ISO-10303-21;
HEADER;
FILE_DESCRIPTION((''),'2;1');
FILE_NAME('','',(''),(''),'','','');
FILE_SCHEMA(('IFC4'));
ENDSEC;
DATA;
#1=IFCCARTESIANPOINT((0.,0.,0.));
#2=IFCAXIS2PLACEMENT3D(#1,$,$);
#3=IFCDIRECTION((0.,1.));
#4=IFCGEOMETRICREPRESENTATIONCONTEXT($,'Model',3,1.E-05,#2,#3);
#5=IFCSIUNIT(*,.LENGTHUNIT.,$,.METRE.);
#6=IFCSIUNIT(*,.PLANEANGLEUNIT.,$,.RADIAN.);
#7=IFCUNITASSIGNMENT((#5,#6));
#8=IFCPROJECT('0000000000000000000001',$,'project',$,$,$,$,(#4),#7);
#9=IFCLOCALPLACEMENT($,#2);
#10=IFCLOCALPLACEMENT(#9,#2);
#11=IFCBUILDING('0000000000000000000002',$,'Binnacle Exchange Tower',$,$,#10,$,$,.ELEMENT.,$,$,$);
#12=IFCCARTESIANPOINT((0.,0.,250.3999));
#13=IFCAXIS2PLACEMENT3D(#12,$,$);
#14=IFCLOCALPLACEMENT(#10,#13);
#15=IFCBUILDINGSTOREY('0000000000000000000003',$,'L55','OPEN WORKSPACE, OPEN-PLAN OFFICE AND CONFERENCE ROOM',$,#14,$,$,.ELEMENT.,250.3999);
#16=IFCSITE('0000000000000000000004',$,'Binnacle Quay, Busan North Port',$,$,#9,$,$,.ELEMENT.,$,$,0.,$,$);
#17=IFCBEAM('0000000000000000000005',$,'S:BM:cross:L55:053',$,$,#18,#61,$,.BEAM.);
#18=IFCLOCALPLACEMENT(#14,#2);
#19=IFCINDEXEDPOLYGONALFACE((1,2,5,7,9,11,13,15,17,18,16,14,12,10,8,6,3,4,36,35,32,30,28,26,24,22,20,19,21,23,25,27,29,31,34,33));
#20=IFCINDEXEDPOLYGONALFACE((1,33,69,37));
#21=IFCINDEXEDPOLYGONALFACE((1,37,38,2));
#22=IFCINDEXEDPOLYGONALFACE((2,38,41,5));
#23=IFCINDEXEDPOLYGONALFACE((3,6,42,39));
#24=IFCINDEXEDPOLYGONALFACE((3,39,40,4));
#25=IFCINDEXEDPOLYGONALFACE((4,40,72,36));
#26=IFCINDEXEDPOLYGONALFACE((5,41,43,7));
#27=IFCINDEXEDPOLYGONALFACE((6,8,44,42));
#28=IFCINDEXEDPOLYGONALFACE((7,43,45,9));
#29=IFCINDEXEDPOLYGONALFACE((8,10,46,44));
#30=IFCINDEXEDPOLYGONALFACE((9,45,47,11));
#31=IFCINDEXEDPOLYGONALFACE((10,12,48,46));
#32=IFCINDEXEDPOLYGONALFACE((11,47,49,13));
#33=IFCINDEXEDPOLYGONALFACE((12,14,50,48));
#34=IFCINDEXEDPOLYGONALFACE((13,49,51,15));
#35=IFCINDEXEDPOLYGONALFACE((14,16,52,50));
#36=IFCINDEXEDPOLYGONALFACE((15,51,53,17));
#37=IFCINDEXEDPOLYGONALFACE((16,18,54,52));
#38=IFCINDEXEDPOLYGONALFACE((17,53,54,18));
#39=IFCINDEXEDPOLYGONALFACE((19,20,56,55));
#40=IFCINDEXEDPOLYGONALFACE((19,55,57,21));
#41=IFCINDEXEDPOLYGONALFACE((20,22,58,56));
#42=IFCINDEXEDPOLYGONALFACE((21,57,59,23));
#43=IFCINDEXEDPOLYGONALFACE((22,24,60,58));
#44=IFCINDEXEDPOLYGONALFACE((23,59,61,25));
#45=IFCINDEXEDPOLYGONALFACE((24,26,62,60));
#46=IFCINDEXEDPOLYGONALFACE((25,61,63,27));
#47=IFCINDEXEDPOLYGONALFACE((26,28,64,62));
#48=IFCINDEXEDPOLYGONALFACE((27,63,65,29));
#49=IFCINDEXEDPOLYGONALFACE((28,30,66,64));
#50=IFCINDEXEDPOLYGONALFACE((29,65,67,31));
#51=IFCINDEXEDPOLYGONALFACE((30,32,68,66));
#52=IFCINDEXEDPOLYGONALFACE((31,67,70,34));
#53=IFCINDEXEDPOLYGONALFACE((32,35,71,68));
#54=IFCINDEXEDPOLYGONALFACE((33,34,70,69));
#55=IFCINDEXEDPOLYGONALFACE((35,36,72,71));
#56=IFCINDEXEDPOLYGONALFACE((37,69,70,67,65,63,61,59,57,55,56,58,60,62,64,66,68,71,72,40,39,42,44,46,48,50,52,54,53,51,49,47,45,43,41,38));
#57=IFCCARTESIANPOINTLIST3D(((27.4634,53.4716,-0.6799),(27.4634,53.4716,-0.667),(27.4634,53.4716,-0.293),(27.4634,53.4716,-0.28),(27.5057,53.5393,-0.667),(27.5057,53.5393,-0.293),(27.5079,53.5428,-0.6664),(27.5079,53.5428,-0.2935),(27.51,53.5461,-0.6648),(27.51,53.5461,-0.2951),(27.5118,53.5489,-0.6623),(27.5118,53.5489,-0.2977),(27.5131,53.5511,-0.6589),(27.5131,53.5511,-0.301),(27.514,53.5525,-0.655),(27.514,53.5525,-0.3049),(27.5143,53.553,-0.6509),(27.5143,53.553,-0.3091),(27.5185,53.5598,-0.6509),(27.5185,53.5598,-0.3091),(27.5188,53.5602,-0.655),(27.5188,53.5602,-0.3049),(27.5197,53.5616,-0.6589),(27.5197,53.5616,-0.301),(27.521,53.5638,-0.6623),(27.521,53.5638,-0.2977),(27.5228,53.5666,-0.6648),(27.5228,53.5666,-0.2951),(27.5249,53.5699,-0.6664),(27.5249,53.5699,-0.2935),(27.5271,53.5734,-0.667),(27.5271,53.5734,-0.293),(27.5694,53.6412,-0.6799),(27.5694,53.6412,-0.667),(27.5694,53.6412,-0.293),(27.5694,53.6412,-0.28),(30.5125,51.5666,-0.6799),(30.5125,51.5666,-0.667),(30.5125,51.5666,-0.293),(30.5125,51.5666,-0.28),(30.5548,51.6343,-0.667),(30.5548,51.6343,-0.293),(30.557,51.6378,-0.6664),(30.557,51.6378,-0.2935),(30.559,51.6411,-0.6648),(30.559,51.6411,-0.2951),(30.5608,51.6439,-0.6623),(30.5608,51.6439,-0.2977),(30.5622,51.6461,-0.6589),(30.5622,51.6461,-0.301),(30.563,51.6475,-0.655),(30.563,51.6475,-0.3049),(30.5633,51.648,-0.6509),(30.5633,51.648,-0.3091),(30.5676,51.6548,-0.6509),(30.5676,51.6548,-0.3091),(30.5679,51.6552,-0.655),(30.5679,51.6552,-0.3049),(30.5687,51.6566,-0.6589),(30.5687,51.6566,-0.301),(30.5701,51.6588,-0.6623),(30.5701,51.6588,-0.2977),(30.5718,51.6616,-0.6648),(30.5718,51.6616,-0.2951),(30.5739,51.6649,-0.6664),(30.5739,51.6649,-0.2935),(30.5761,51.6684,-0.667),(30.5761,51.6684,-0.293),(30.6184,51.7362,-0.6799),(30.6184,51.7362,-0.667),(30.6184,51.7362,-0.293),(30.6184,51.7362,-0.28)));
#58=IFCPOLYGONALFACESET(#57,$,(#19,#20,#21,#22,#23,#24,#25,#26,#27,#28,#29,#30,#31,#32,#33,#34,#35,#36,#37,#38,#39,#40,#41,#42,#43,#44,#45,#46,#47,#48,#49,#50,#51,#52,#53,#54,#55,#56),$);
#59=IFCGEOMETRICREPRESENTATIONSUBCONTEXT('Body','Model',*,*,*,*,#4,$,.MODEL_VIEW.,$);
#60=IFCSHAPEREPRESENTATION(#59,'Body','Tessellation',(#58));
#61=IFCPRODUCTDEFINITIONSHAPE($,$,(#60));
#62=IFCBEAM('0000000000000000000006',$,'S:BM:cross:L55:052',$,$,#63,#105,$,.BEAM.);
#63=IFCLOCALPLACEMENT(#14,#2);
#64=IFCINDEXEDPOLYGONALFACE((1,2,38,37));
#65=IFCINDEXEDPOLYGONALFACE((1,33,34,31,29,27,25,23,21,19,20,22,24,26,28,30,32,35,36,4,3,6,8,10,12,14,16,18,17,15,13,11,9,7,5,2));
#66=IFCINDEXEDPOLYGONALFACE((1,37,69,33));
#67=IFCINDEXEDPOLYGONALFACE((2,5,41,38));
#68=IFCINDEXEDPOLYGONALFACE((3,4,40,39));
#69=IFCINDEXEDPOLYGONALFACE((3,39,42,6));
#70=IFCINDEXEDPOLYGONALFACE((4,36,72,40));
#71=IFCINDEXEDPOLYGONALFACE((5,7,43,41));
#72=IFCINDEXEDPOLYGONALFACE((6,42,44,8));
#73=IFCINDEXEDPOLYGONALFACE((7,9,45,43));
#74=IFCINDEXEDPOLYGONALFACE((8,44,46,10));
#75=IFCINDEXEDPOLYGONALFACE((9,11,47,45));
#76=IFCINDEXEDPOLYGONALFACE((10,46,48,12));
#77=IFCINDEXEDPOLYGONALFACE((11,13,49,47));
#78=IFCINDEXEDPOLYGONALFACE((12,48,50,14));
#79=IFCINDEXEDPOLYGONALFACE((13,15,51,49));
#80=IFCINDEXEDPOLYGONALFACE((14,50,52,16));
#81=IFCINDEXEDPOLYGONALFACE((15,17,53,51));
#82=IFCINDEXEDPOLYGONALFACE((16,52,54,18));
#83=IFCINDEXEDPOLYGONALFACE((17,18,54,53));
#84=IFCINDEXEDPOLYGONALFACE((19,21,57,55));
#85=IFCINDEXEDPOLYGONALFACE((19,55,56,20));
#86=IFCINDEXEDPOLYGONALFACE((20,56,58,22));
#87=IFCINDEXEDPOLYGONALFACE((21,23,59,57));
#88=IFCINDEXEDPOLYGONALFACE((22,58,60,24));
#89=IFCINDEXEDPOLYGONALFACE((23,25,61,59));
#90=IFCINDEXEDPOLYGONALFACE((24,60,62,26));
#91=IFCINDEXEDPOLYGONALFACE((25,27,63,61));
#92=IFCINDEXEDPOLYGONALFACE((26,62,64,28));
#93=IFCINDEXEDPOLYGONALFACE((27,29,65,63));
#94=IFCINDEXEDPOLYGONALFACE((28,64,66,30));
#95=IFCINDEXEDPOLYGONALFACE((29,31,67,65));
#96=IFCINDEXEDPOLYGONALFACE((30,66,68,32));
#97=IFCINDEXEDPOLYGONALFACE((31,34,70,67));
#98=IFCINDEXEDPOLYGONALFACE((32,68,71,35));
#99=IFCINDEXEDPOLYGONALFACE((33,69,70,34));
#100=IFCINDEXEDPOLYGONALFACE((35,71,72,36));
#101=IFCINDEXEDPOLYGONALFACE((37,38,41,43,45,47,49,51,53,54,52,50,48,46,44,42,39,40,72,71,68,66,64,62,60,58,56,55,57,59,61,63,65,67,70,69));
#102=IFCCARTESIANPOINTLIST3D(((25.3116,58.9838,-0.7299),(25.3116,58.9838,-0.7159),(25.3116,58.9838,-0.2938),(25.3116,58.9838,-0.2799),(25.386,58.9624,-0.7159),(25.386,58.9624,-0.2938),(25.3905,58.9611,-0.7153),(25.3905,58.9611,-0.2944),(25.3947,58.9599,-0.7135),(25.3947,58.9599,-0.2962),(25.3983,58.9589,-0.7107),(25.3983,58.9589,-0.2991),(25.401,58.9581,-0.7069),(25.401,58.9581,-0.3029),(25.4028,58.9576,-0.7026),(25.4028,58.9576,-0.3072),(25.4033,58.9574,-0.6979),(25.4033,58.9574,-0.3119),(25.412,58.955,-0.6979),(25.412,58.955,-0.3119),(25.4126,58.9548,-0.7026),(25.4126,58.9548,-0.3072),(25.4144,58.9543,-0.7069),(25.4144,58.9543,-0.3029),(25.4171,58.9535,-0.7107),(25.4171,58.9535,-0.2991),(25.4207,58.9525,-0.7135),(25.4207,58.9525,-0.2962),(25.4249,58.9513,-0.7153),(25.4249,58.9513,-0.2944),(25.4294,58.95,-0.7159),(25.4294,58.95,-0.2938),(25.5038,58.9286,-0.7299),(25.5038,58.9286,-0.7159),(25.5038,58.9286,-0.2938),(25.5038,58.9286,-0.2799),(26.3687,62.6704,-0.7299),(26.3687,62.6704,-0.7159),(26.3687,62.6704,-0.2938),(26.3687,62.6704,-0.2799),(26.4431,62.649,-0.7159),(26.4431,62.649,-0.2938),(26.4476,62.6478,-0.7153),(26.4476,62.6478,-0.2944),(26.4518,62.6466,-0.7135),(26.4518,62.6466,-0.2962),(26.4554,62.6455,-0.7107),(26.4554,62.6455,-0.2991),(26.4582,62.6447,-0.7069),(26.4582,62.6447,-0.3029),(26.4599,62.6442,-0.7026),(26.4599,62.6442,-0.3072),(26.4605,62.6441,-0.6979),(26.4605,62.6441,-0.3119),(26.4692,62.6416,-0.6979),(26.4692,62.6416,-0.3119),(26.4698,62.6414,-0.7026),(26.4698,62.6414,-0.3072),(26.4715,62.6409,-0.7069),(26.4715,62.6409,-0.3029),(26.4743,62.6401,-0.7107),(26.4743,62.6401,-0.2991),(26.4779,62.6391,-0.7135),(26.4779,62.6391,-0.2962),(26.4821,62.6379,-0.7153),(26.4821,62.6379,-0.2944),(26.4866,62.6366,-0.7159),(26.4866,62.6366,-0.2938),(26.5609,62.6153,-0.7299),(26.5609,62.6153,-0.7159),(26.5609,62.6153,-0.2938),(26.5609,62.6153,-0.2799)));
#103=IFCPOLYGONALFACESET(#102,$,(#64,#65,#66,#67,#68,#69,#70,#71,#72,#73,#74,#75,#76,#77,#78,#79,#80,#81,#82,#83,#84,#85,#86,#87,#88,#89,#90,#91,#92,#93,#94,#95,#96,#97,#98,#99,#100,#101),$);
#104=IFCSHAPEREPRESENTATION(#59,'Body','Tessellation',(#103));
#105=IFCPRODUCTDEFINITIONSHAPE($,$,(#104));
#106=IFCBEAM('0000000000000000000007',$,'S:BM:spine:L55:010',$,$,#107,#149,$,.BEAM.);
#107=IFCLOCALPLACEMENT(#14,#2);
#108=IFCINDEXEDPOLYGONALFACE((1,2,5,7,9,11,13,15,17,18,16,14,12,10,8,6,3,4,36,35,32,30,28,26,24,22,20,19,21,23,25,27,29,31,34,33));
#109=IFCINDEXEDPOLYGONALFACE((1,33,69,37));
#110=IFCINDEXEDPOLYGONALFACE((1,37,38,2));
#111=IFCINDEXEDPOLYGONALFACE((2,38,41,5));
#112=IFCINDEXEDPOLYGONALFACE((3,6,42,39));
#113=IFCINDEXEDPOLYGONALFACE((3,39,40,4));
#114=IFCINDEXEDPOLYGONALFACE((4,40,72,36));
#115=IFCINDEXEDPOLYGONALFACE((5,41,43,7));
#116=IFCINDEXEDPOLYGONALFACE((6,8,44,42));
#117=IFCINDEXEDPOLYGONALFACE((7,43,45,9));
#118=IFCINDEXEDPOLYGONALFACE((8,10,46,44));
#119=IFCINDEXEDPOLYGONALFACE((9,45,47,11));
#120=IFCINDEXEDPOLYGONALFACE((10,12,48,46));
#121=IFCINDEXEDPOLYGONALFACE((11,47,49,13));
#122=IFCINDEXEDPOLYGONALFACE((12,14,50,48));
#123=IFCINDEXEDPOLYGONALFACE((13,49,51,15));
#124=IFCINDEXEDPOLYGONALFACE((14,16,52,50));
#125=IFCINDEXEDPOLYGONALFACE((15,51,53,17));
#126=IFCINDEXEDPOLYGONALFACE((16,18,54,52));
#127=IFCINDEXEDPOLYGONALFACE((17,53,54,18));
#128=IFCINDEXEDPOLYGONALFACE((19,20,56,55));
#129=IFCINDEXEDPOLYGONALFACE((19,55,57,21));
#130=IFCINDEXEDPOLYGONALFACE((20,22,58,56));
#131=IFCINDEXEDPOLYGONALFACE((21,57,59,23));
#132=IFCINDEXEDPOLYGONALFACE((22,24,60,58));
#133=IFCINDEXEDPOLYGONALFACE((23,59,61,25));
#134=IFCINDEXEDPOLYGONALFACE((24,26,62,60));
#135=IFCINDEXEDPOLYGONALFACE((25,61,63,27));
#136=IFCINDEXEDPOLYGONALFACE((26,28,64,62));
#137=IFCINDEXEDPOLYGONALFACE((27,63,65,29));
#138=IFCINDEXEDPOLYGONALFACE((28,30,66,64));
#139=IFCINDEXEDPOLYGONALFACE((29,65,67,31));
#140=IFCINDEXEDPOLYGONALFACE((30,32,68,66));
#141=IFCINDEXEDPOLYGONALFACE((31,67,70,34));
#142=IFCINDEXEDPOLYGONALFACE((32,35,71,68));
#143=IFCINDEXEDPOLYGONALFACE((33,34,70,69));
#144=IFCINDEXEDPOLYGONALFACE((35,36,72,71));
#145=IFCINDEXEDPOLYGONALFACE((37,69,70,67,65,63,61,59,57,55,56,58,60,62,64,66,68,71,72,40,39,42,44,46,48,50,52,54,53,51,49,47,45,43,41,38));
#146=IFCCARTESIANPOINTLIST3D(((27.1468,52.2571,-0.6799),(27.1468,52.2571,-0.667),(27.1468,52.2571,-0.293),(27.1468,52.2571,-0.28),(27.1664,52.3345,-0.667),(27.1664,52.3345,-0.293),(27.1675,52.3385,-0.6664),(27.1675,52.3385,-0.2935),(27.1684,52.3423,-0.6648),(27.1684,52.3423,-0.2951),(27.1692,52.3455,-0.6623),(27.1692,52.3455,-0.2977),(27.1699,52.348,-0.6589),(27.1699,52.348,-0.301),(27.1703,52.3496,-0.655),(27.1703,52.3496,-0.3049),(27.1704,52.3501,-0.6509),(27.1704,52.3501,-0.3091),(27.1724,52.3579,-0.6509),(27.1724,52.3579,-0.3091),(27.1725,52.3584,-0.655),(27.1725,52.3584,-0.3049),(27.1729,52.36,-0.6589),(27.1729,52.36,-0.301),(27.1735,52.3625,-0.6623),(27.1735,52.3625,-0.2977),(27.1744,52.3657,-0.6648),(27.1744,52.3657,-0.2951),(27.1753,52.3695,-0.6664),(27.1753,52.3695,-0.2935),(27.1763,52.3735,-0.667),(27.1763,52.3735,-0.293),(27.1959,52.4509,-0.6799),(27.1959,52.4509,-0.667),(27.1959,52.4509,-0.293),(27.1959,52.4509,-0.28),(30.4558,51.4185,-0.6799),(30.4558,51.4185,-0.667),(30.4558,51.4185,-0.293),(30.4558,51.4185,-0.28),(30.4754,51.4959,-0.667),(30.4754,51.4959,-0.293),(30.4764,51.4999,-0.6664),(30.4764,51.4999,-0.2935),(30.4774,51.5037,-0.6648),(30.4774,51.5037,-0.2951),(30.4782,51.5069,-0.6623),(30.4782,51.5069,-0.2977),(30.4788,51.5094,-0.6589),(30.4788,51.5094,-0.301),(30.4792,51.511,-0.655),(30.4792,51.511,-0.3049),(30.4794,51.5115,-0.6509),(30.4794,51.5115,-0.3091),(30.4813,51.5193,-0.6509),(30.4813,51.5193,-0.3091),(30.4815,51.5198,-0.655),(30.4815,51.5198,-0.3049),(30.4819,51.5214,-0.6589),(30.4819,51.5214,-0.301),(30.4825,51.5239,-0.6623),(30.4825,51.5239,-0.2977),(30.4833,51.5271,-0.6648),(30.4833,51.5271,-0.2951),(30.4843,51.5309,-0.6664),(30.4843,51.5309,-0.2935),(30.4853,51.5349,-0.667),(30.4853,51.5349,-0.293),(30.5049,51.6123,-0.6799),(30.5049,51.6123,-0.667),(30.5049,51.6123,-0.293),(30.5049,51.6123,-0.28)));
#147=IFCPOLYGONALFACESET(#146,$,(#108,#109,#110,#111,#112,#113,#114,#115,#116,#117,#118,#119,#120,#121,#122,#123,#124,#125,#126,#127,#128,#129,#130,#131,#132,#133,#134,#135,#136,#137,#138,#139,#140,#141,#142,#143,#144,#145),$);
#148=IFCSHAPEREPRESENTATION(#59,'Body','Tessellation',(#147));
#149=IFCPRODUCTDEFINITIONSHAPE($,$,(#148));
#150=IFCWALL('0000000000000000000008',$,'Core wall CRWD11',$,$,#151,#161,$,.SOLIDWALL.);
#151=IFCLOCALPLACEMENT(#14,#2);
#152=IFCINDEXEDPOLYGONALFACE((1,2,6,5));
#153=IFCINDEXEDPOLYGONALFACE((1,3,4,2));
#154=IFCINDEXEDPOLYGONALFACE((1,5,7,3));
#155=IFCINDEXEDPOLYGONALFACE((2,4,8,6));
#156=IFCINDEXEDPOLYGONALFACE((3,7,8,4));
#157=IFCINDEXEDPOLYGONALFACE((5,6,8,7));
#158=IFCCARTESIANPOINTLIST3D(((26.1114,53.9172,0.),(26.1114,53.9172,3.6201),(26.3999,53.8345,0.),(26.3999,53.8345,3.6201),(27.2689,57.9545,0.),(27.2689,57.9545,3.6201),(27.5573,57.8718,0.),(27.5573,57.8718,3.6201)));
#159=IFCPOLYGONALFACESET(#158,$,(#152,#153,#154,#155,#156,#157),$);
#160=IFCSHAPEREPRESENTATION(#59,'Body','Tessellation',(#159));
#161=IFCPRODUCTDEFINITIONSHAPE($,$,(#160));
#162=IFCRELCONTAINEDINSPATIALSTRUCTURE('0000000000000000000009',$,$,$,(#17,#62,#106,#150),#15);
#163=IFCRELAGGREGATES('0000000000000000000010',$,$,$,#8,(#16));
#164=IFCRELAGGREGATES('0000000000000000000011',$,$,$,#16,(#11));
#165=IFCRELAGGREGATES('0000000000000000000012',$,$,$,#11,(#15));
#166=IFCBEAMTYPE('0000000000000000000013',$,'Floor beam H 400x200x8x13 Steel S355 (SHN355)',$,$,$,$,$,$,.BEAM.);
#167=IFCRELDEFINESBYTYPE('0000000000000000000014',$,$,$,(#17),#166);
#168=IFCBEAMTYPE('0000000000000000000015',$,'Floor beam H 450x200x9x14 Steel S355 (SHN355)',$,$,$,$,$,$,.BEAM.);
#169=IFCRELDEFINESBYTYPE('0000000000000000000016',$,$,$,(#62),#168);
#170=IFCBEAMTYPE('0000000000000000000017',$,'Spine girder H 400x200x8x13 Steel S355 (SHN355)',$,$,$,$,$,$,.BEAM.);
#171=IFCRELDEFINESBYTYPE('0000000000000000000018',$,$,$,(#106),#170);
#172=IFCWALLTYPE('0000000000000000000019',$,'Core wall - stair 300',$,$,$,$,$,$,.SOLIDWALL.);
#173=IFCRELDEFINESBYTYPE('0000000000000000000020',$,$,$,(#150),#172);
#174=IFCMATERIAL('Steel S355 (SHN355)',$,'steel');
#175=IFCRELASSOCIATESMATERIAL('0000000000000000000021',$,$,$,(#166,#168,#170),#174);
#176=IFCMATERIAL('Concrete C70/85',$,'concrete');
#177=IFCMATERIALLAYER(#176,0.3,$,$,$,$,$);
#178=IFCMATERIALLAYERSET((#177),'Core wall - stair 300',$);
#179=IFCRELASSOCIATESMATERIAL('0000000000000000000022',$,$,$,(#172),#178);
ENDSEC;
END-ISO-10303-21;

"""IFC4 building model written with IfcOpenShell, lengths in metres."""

from ifc_helpers import new_model, si_unit, direction, frame, frame_2d, origin, origin_2d, place, context, subcontext, project, spatial, rectangle, i_section, extrude, material, layer, layer_set, material_profile, profile_set, type_object, element, save


model = new_model("IFC4")

# Units and contexts
model_context = context("Model", 3, precision=1e-05, world=origin(), true_north=direction((0.0, 1.0)))
body_context = subcontext(model_context, "Body", "Model", "MODEL_VIEW")
ifc_project = project(units=[si_unit("LENGTHUNIT", "METRE"), si_unit("PLANEANGLEUNIT", "RADIAN")], contexts=[model_context])

# Site, building, storey
site_placement = place(None, origin())
site = spatial("IfcSite", under=ifc_project, at=site_placement, Name="Binnacle Quay, Busan North Port", CompositionType="ELEMENT", RefElevation=0.0)
building_placement = place(site_placement, origin())
building = spatial("IfcBuilding", under=site, at=building_placement, Name="Binnacle Exchange Tower", CompositionType="ELEMENT")
storey_placement = place(building_placement, frame((0.0, 0.0, 250.3999)))
storey = spatial("IfcBuildingStorey", under=building, at=storey_placement, Name="L55", Description="OPEN WORKSPACE, OPEN-PLAN OFFICE AND CONFERENCE ROOM", CompositionType="ELEMENT", Elevation=250.3999)

# Beams
ifc_material_1 = material(Name="Steel S355 (SHN355)", Category="steel")
ifc_material_profile_1 = material_profile(ifc_material_1, i_section(OverallWidth=0.2, OverallDepth=0.3999, WebThickness=0.0081, FlangeThickness=0.0129, FilletRadius=0.0161, at=origin_2d()), Name="H 400x200x8x13")
ifc_profile_set_1 = profile_set([ifc_material_profile_1], Name="Steel S355 (SHN355)")
beam_type_1 = type_object("IfcBeamType", Name="Floor beam H 400x200x8x13 Steel S355 (SHN355)", PredefinedType="BEAM", material=ifc_profile_set_1)
beam_1_placement = place(storey_placement, frame((30.5654, 51.6514, -0.48), z_axis=(-0.848078, 0.529871, 0.0), x_axis=(-0.529871, -0.848078, 0.0)))
element("IfcBeam", 1, at=beam_1_placement, inside=storey, type_object=beam_type_1, Name="S:BM:cross:L55:053", PredefinedType="BEAM", context=body_context, shape_type="SweptSolid", body=[
    extrude(i_section(OverallWidth=0.2, OverallDepth=0.3999, WebThickness=0.0081, FlangeThickness=0.0129, FilletRadius=0.0161, at=origin_2d()), origin(), (0.0, 0.0, 1.0), 3.5952),
])
ifc_material_profile_2 = material_profile(ifc_material_1, i_section(OverallWidth=0.2, OverallDepth=0.45, WebThickness=0.009, FlangeThickness=0.0139, FilletRadius=0.0181, at=origin_2d()), Name="H 450x200x9x14")
ifc_profile_set_2 = profile_set([ifc_material_profile_2], Name="Steel S355 (SHN355)")
beam_type_2 = type_object("IfcBeamType", Name="Floor beam H 450x200x9x14 Steel S355 (SHN355)", PredefinedType="BEAM", material=ifc_profile_set_2)
beam_2_placement = place(storey_placement, frame((26.4648, 62.6428, -0.5049), z_axis=(-0.275646, -0.961259, 0.0), x_axis=(0.961259, -0.275646, 0.0)))
element("IfcBeam", 2, at=beam_2_placement, inside=storey, type_object=beam_type_2, Name="S:BM:cross:L55:052", PredefinedType="BEAM", context=body_context, shape_type="SweptSolid", body=[
    extrude(i_section(OverallWidth=0.2, OverallDepth=0.45, WebThickness=0.009, FlangeThickness=0.0139, FilletRadius=0.0181, at=origin_2d()), origin(), (0.0, 0.0, 1.0), 3.8352),
])
ifc_material_profile_3 = material_profile(ifc_material_1, i_section(OverallWidth=0.2, OverallDepth=0.3999, WebThickness=0.0081, FlangeThickness=0.0129, FilletRadius=0.0161, at=origin_2d()), Name="H 400x200x8x13")
ifc_profile_set_3 = profile_set([ifc_material_profile_3], Name="Steel S355 (SHN355)")
beam_type_3 = type_object("IfcBeamType", Name="Spine girder H 400x200x8x13 Steel S355 (SHN355)", PredefinedType="BEAM", material=ifc_profile_set_3)
beam_3_placement = place(storey_placement, frame((27.1714, 52.354, -0.48), z_axis=(0.969355, -0.245664, 0.0), x_axis=(0.245664, 0.969355, 0.0)))
element("IfcBeam", 3, at=beam_3_placement, inside=storey, type_object=beam_type_3, Name="S:BM:spine:L55:010", PredefinedType="BEAM", context=body_context, shape_type="SweptSolid", body=[
    extrude(i_section(OverallWidth=0.2, OverallDepth=0.3999, WebThickness=0.0081, FlangeThickness=0.0129, FilletRadius=0.0161, at=origin_2d()), origin(), (0.0, 0.0, 1.0), 3.4136),
])

# Wall
ifc_material_2 = material(Name="Concrete C70/85", Category="concrete")
ifc_layer_1 = layer(ifc_material_2, 0.3)
ifc_layer_set_1 = layer_set([ifc_layer_1], Name="Core wall - stair 300")
wall_type_1 = type_object("IfcWallType", Name="Core wall - stair 300", PredefinedType="SOLIDWALL", material=ifc_layer_set_1)
wall_1_placement = place(storey_placement, frame((26.2556, 53.8757, 0.0), z_axis=(0.0, 0.0, 1.0), x_axis=(0.275589, 0.961276, 0.0)))
element("IfcWall", 4, at=wall_1_placement, inside=storey, type_object=wall_type_1, Name="Core wall CRWD11", PredefinedType="SOLIDWALL", context=body_context, shape_type="SweptSolid", body=[
    extrude(rectangle(XDim=4.2, YDim=0.3, at=frame_2d((2.1001, 0.0))), origin(), (0.0, 0.0, 1.0), 3.6201),
])

save(model, "model.ifc")
